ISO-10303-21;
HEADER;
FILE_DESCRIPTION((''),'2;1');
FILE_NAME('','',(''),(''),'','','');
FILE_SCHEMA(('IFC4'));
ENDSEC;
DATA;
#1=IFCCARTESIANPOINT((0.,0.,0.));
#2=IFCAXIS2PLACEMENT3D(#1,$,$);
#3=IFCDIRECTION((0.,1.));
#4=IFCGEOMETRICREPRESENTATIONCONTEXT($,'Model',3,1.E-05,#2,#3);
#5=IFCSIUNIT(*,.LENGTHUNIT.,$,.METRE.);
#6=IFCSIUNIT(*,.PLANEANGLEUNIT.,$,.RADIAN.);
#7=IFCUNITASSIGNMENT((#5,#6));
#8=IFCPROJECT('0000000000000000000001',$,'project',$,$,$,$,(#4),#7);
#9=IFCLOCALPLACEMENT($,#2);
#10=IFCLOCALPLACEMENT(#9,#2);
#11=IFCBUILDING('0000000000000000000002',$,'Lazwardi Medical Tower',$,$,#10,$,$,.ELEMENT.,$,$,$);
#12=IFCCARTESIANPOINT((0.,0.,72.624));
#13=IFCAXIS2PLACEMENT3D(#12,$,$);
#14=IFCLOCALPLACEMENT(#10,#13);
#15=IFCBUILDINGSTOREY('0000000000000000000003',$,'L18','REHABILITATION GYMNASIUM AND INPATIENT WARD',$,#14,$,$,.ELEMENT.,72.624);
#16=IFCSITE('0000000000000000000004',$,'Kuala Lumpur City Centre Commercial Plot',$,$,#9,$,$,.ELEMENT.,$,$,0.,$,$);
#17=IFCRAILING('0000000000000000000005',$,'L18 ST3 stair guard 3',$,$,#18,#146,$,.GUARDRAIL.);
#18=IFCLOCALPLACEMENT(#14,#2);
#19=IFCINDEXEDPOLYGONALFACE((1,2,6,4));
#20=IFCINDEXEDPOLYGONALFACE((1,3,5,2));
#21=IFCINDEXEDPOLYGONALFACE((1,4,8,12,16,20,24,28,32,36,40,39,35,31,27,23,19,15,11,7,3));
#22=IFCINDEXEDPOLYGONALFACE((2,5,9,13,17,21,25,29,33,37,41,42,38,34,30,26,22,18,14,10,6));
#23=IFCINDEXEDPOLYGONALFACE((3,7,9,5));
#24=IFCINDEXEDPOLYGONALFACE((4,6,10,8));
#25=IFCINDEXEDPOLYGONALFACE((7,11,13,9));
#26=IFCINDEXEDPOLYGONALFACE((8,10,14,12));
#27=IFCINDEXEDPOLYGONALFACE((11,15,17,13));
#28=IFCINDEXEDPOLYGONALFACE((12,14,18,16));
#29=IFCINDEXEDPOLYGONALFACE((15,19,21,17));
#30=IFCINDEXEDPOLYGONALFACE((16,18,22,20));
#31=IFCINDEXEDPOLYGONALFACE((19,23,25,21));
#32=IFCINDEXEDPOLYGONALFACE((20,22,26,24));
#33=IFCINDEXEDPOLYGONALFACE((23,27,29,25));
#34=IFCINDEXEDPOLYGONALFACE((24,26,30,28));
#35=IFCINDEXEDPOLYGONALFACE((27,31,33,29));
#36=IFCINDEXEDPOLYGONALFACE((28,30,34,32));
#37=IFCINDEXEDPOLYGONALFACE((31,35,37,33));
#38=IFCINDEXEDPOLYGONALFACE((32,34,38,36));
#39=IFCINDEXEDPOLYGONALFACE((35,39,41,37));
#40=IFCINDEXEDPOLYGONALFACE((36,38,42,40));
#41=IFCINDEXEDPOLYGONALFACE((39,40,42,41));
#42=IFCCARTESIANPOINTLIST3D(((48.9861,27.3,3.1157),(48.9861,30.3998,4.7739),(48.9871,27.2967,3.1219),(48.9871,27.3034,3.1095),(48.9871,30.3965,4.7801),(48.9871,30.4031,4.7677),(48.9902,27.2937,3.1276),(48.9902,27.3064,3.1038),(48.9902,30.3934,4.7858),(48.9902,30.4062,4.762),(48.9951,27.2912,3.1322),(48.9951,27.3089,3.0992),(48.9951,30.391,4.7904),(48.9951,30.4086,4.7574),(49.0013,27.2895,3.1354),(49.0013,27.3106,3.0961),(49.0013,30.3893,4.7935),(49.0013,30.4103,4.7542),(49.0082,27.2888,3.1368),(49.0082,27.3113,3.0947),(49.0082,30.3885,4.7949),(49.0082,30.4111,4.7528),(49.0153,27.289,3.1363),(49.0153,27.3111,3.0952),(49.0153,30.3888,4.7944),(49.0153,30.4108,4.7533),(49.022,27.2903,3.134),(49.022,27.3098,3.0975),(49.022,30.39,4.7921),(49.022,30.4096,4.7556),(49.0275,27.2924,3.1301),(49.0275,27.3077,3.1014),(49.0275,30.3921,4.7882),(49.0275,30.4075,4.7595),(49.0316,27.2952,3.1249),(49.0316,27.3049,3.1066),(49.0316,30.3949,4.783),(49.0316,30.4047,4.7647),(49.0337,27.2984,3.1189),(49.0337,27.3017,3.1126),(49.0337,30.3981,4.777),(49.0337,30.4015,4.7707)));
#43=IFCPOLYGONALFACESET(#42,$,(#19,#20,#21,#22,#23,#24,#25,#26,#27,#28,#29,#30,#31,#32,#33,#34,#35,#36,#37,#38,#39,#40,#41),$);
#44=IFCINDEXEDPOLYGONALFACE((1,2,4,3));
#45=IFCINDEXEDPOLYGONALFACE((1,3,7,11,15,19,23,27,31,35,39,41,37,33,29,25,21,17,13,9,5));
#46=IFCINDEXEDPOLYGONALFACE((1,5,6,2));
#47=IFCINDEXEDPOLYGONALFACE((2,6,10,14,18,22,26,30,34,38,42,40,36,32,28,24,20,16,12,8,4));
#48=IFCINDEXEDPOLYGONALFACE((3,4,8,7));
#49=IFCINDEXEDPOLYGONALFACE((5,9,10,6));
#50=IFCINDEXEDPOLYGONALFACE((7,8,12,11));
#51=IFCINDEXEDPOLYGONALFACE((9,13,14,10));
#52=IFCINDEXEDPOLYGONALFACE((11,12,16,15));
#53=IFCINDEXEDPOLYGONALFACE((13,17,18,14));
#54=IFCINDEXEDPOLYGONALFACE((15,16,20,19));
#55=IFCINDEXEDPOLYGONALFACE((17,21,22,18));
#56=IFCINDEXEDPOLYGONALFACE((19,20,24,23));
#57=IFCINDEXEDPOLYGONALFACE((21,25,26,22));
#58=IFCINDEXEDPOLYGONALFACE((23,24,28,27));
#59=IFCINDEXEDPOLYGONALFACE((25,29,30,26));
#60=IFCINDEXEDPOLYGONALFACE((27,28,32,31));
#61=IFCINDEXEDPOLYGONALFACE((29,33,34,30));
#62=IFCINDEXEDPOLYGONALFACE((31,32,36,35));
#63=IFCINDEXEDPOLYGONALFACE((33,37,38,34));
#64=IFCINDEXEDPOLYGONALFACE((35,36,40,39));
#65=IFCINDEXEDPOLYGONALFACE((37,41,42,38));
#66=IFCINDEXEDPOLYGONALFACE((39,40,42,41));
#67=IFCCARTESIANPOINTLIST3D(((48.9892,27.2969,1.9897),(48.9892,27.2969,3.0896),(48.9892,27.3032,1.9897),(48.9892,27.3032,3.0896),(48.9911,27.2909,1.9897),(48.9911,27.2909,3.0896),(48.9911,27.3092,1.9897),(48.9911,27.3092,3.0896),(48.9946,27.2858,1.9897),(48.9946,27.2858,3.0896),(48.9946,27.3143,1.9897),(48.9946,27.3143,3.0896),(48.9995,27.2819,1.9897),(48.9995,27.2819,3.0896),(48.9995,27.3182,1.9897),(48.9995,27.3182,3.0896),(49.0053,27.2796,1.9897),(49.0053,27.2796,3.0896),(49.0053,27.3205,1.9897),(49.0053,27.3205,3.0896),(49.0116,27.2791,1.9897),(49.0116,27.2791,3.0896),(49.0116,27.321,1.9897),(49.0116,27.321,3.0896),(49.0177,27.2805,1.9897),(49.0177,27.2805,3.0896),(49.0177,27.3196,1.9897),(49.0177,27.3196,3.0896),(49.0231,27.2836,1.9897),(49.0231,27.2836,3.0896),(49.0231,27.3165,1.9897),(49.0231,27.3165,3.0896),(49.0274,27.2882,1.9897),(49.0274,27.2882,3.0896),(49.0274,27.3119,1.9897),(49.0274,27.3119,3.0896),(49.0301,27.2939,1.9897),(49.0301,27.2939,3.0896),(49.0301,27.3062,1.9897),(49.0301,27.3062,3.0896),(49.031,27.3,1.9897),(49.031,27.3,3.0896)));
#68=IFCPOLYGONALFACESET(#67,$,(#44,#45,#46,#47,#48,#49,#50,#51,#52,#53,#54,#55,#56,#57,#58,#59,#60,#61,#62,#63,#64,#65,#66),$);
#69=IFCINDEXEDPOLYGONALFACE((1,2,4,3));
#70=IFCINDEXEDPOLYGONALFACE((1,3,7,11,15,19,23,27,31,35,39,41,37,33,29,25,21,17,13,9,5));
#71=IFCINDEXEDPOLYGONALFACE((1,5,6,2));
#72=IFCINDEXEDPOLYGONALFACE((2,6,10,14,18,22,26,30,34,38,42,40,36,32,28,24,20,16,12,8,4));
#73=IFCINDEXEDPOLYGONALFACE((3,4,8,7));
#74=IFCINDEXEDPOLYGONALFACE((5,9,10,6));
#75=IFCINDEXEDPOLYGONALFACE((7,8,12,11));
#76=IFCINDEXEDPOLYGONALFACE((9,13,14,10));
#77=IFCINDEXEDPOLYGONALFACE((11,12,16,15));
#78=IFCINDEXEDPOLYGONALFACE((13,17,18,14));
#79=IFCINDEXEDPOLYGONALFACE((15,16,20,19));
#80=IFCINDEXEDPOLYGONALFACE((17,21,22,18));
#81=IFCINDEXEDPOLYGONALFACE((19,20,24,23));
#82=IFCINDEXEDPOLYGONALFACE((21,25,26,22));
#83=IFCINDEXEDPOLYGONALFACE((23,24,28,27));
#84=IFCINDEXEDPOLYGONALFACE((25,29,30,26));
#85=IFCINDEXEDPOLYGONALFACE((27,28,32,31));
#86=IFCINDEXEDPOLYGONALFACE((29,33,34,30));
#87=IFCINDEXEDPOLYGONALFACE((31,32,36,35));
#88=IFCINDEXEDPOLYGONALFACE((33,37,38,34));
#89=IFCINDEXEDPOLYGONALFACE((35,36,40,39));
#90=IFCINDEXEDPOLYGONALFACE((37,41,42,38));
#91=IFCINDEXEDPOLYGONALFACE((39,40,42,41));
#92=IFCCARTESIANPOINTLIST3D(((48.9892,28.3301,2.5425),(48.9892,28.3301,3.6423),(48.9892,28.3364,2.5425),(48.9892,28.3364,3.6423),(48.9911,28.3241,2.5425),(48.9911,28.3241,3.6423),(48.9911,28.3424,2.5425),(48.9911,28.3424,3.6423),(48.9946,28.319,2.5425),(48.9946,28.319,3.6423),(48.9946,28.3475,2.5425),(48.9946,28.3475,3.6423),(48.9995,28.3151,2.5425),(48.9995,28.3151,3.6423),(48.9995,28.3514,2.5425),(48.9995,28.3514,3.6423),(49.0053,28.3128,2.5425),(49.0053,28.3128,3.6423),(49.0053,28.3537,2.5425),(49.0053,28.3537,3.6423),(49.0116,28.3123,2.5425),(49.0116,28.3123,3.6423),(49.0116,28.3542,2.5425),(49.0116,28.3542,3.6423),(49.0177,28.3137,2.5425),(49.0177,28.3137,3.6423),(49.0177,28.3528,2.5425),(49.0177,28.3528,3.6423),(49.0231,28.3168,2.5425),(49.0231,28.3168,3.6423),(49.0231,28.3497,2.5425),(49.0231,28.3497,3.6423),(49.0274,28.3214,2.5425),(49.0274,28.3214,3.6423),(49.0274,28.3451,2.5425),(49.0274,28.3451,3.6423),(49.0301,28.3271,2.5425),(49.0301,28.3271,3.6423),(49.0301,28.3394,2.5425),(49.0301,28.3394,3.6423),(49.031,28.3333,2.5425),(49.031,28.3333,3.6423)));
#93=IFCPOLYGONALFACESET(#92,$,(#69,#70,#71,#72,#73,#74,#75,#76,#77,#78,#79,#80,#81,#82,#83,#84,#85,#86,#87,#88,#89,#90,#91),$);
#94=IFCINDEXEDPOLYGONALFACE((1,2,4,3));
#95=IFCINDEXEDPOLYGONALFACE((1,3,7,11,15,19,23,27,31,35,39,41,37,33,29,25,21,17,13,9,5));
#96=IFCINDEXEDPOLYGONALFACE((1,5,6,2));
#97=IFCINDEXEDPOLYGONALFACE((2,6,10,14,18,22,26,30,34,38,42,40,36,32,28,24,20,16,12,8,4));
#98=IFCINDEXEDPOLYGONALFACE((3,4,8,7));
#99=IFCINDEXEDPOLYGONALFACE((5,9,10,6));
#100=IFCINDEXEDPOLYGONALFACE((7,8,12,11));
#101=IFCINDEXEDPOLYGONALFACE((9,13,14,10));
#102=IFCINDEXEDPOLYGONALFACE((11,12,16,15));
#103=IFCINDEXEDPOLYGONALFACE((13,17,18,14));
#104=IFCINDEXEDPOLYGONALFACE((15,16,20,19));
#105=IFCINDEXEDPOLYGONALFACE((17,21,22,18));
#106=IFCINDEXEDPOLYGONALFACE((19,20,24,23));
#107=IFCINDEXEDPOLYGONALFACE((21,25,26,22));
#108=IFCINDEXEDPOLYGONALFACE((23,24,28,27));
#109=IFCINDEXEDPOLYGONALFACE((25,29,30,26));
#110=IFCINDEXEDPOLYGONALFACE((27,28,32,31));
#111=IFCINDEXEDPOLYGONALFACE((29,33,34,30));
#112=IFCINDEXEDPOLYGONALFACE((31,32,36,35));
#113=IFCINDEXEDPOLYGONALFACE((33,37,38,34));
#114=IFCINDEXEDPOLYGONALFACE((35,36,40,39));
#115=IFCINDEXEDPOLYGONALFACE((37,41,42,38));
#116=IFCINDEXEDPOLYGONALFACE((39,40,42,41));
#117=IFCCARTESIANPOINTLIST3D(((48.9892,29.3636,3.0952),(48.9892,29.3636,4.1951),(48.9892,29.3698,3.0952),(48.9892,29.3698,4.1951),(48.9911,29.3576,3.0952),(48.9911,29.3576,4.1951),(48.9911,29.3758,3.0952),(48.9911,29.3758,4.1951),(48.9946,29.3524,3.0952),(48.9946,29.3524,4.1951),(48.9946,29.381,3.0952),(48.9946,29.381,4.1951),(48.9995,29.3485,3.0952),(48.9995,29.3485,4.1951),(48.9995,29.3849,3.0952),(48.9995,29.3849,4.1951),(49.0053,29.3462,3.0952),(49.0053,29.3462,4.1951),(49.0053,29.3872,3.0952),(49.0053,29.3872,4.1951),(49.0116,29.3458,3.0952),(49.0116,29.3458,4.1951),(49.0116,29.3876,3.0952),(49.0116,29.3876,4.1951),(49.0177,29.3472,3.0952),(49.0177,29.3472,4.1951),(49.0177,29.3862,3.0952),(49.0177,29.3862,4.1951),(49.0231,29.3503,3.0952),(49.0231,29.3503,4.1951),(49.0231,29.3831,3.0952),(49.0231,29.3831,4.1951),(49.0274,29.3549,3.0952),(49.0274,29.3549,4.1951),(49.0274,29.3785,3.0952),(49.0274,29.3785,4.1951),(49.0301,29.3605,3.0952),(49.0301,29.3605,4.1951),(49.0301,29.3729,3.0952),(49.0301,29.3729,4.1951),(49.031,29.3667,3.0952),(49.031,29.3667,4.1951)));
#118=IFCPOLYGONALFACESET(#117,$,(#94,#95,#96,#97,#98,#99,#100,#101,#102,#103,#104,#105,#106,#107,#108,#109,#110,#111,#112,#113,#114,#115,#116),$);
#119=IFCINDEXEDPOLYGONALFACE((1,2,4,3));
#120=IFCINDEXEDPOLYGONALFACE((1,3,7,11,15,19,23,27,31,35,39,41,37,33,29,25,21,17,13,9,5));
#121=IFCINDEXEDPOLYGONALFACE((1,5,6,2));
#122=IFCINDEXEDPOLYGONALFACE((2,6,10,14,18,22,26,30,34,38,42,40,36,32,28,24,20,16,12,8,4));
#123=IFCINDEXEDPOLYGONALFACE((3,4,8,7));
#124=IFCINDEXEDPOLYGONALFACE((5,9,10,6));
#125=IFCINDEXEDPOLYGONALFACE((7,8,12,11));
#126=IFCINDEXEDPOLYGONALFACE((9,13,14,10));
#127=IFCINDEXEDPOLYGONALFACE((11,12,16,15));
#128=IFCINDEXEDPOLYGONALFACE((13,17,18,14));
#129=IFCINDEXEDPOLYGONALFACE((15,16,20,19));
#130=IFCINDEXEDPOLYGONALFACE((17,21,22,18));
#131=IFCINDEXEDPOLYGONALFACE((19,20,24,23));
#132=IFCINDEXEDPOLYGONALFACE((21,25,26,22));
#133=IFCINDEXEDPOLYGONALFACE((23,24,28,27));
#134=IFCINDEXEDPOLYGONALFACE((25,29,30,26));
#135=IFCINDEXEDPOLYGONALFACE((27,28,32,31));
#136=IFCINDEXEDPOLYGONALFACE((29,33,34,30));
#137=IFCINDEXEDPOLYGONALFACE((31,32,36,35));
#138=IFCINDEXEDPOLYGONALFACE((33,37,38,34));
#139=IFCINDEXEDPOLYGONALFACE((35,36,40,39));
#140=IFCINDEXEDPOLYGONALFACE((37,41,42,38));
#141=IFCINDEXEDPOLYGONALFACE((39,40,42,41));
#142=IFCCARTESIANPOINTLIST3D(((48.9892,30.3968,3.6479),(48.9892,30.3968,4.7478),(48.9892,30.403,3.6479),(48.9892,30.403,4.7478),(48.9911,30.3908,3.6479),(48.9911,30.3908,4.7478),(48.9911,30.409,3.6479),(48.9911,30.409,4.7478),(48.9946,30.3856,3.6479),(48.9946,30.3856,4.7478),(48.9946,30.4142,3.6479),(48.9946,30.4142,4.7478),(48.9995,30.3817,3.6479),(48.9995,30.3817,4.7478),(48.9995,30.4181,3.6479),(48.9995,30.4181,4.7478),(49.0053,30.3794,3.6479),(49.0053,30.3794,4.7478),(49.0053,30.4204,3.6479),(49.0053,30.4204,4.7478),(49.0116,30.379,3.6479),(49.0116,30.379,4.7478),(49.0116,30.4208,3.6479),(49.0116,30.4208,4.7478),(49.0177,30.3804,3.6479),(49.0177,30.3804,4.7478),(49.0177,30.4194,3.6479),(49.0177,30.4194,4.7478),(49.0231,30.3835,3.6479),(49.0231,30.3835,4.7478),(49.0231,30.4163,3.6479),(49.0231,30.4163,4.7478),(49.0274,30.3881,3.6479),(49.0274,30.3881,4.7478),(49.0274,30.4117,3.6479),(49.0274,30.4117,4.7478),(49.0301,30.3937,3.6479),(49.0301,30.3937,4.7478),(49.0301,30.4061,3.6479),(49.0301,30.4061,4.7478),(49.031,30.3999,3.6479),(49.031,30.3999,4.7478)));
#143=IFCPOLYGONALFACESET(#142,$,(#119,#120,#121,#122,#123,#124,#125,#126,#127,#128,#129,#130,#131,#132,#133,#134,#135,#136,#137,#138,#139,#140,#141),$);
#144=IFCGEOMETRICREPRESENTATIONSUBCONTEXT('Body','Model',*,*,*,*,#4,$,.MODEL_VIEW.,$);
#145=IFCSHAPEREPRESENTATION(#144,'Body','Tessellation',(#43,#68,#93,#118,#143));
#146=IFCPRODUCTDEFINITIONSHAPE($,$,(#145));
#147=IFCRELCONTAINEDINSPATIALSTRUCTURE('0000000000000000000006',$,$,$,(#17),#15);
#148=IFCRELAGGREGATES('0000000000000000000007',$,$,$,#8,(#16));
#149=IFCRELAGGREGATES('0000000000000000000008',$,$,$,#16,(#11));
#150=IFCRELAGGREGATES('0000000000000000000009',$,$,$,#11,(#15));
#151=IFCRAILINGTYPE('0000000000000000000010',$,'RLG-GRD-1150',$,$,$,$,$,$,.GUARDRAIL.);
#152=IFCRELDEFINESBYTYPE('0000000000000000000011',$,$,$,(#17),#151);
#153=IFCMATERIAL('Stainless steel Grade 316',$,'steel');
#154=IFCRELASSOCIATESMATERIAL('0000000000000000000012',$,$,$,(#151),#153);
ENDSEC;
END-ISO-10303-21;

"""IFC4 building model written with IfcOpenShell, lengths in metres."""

from ifc_helpers import new_model, si_unit, direction, frame, origin, origin_2d, place, context, subcontext, project, spatial, circle, extrude, material, type_object, element, save


model = new_model("IFC4")

# Units and contexts
model_context = context("Model", 3, precision=1e-05, world=origin(), true_north=direction((0.0, 1.0)))
body_context = subcontext(model_context, "Body", "Model", "MODEL_VIEW")
ifc_project = project(units=[si_unit("LENGTHUNIT", "METRE"), si_unit("PLANEANGLEUNIT", "RADIAN")], contexts=[model_context])

# Site, building, storey
site_placement = place(None, origin())
site = spatial("IfcSite", under=ifc_project, at=site_placement, Name="Kuala Lumpur City Centre Commercial Plot", CompositionType="ELEMENT", RefElevation=0.0)
building_placement = place(site_placement, origin())
building = spatial("IfcBuilding", under=site, at=building_placement, Name="Lazwardi Medical Tower", CompositionType="ELEMENT")
storey_placement = place(building_placement, frame((0.0, 0.0, 72.624)))
storey = spatial("IfcBuildingStorey", under=building, at=storey_placement, Name="L18", Description="REHABILITATION GYMNASIUM AND INPATIENT WARD", CompositionType="ELEMENT", Elevation=72.624)

# Railing
ifc_material_1 = material(Name="Stainless steel Grade 316", Category="steel")
railing_type_1 = type_object("IfcRailingType", Name="RLG-GRD-1150", PredefinedType="GUARDRAIL", material=ifc_material_1)
railing_1_placement = place(storey_placement, frame((49.01, 27.3, 1.9897)))
element("IfcRailing", 1, at=railing_1_placement, inside=storey, type_object=railing_type_1, Name="L18 ST3 stair guard 3", PredefinedType="GUARDRAIL", context=body_context, shape_type="SweptSolid", body=[
    extrude(circle(Radius=0.0239, at=origin_2d()), frame((0.0, 0.0, 1.126), z_axis=(0.0, 0.881768, 0.471684), x_axis=(-1.0, 0.0, 0.0)), (0.0, 0.0, 1.0), 3.5154),
    extrude(circle(Radius=0.021, at=origin_2d()), origin(), (0.0, 0.0, 1.0), 1.0999),
    extrude(circle(Radius=0.021, at=origin_2d()), frame((0.0, 1.0332, 0.5527)), (0.0, 0.0, 1.0), 1.0999),
    extrude(circle(Radius=0.021, at=origin_2d()), frame((0.0, 2.0667, 1.1055)), (0.0, 0.0, 1.0), 1.0999),
    extrude(circle(Radius=0.021, at=origin_2d()), frame((0.0, 3.0999, 1.6582)), (0.0, 0.0, 1.0), 1.0999),
])

save(model, "model.ifc")
